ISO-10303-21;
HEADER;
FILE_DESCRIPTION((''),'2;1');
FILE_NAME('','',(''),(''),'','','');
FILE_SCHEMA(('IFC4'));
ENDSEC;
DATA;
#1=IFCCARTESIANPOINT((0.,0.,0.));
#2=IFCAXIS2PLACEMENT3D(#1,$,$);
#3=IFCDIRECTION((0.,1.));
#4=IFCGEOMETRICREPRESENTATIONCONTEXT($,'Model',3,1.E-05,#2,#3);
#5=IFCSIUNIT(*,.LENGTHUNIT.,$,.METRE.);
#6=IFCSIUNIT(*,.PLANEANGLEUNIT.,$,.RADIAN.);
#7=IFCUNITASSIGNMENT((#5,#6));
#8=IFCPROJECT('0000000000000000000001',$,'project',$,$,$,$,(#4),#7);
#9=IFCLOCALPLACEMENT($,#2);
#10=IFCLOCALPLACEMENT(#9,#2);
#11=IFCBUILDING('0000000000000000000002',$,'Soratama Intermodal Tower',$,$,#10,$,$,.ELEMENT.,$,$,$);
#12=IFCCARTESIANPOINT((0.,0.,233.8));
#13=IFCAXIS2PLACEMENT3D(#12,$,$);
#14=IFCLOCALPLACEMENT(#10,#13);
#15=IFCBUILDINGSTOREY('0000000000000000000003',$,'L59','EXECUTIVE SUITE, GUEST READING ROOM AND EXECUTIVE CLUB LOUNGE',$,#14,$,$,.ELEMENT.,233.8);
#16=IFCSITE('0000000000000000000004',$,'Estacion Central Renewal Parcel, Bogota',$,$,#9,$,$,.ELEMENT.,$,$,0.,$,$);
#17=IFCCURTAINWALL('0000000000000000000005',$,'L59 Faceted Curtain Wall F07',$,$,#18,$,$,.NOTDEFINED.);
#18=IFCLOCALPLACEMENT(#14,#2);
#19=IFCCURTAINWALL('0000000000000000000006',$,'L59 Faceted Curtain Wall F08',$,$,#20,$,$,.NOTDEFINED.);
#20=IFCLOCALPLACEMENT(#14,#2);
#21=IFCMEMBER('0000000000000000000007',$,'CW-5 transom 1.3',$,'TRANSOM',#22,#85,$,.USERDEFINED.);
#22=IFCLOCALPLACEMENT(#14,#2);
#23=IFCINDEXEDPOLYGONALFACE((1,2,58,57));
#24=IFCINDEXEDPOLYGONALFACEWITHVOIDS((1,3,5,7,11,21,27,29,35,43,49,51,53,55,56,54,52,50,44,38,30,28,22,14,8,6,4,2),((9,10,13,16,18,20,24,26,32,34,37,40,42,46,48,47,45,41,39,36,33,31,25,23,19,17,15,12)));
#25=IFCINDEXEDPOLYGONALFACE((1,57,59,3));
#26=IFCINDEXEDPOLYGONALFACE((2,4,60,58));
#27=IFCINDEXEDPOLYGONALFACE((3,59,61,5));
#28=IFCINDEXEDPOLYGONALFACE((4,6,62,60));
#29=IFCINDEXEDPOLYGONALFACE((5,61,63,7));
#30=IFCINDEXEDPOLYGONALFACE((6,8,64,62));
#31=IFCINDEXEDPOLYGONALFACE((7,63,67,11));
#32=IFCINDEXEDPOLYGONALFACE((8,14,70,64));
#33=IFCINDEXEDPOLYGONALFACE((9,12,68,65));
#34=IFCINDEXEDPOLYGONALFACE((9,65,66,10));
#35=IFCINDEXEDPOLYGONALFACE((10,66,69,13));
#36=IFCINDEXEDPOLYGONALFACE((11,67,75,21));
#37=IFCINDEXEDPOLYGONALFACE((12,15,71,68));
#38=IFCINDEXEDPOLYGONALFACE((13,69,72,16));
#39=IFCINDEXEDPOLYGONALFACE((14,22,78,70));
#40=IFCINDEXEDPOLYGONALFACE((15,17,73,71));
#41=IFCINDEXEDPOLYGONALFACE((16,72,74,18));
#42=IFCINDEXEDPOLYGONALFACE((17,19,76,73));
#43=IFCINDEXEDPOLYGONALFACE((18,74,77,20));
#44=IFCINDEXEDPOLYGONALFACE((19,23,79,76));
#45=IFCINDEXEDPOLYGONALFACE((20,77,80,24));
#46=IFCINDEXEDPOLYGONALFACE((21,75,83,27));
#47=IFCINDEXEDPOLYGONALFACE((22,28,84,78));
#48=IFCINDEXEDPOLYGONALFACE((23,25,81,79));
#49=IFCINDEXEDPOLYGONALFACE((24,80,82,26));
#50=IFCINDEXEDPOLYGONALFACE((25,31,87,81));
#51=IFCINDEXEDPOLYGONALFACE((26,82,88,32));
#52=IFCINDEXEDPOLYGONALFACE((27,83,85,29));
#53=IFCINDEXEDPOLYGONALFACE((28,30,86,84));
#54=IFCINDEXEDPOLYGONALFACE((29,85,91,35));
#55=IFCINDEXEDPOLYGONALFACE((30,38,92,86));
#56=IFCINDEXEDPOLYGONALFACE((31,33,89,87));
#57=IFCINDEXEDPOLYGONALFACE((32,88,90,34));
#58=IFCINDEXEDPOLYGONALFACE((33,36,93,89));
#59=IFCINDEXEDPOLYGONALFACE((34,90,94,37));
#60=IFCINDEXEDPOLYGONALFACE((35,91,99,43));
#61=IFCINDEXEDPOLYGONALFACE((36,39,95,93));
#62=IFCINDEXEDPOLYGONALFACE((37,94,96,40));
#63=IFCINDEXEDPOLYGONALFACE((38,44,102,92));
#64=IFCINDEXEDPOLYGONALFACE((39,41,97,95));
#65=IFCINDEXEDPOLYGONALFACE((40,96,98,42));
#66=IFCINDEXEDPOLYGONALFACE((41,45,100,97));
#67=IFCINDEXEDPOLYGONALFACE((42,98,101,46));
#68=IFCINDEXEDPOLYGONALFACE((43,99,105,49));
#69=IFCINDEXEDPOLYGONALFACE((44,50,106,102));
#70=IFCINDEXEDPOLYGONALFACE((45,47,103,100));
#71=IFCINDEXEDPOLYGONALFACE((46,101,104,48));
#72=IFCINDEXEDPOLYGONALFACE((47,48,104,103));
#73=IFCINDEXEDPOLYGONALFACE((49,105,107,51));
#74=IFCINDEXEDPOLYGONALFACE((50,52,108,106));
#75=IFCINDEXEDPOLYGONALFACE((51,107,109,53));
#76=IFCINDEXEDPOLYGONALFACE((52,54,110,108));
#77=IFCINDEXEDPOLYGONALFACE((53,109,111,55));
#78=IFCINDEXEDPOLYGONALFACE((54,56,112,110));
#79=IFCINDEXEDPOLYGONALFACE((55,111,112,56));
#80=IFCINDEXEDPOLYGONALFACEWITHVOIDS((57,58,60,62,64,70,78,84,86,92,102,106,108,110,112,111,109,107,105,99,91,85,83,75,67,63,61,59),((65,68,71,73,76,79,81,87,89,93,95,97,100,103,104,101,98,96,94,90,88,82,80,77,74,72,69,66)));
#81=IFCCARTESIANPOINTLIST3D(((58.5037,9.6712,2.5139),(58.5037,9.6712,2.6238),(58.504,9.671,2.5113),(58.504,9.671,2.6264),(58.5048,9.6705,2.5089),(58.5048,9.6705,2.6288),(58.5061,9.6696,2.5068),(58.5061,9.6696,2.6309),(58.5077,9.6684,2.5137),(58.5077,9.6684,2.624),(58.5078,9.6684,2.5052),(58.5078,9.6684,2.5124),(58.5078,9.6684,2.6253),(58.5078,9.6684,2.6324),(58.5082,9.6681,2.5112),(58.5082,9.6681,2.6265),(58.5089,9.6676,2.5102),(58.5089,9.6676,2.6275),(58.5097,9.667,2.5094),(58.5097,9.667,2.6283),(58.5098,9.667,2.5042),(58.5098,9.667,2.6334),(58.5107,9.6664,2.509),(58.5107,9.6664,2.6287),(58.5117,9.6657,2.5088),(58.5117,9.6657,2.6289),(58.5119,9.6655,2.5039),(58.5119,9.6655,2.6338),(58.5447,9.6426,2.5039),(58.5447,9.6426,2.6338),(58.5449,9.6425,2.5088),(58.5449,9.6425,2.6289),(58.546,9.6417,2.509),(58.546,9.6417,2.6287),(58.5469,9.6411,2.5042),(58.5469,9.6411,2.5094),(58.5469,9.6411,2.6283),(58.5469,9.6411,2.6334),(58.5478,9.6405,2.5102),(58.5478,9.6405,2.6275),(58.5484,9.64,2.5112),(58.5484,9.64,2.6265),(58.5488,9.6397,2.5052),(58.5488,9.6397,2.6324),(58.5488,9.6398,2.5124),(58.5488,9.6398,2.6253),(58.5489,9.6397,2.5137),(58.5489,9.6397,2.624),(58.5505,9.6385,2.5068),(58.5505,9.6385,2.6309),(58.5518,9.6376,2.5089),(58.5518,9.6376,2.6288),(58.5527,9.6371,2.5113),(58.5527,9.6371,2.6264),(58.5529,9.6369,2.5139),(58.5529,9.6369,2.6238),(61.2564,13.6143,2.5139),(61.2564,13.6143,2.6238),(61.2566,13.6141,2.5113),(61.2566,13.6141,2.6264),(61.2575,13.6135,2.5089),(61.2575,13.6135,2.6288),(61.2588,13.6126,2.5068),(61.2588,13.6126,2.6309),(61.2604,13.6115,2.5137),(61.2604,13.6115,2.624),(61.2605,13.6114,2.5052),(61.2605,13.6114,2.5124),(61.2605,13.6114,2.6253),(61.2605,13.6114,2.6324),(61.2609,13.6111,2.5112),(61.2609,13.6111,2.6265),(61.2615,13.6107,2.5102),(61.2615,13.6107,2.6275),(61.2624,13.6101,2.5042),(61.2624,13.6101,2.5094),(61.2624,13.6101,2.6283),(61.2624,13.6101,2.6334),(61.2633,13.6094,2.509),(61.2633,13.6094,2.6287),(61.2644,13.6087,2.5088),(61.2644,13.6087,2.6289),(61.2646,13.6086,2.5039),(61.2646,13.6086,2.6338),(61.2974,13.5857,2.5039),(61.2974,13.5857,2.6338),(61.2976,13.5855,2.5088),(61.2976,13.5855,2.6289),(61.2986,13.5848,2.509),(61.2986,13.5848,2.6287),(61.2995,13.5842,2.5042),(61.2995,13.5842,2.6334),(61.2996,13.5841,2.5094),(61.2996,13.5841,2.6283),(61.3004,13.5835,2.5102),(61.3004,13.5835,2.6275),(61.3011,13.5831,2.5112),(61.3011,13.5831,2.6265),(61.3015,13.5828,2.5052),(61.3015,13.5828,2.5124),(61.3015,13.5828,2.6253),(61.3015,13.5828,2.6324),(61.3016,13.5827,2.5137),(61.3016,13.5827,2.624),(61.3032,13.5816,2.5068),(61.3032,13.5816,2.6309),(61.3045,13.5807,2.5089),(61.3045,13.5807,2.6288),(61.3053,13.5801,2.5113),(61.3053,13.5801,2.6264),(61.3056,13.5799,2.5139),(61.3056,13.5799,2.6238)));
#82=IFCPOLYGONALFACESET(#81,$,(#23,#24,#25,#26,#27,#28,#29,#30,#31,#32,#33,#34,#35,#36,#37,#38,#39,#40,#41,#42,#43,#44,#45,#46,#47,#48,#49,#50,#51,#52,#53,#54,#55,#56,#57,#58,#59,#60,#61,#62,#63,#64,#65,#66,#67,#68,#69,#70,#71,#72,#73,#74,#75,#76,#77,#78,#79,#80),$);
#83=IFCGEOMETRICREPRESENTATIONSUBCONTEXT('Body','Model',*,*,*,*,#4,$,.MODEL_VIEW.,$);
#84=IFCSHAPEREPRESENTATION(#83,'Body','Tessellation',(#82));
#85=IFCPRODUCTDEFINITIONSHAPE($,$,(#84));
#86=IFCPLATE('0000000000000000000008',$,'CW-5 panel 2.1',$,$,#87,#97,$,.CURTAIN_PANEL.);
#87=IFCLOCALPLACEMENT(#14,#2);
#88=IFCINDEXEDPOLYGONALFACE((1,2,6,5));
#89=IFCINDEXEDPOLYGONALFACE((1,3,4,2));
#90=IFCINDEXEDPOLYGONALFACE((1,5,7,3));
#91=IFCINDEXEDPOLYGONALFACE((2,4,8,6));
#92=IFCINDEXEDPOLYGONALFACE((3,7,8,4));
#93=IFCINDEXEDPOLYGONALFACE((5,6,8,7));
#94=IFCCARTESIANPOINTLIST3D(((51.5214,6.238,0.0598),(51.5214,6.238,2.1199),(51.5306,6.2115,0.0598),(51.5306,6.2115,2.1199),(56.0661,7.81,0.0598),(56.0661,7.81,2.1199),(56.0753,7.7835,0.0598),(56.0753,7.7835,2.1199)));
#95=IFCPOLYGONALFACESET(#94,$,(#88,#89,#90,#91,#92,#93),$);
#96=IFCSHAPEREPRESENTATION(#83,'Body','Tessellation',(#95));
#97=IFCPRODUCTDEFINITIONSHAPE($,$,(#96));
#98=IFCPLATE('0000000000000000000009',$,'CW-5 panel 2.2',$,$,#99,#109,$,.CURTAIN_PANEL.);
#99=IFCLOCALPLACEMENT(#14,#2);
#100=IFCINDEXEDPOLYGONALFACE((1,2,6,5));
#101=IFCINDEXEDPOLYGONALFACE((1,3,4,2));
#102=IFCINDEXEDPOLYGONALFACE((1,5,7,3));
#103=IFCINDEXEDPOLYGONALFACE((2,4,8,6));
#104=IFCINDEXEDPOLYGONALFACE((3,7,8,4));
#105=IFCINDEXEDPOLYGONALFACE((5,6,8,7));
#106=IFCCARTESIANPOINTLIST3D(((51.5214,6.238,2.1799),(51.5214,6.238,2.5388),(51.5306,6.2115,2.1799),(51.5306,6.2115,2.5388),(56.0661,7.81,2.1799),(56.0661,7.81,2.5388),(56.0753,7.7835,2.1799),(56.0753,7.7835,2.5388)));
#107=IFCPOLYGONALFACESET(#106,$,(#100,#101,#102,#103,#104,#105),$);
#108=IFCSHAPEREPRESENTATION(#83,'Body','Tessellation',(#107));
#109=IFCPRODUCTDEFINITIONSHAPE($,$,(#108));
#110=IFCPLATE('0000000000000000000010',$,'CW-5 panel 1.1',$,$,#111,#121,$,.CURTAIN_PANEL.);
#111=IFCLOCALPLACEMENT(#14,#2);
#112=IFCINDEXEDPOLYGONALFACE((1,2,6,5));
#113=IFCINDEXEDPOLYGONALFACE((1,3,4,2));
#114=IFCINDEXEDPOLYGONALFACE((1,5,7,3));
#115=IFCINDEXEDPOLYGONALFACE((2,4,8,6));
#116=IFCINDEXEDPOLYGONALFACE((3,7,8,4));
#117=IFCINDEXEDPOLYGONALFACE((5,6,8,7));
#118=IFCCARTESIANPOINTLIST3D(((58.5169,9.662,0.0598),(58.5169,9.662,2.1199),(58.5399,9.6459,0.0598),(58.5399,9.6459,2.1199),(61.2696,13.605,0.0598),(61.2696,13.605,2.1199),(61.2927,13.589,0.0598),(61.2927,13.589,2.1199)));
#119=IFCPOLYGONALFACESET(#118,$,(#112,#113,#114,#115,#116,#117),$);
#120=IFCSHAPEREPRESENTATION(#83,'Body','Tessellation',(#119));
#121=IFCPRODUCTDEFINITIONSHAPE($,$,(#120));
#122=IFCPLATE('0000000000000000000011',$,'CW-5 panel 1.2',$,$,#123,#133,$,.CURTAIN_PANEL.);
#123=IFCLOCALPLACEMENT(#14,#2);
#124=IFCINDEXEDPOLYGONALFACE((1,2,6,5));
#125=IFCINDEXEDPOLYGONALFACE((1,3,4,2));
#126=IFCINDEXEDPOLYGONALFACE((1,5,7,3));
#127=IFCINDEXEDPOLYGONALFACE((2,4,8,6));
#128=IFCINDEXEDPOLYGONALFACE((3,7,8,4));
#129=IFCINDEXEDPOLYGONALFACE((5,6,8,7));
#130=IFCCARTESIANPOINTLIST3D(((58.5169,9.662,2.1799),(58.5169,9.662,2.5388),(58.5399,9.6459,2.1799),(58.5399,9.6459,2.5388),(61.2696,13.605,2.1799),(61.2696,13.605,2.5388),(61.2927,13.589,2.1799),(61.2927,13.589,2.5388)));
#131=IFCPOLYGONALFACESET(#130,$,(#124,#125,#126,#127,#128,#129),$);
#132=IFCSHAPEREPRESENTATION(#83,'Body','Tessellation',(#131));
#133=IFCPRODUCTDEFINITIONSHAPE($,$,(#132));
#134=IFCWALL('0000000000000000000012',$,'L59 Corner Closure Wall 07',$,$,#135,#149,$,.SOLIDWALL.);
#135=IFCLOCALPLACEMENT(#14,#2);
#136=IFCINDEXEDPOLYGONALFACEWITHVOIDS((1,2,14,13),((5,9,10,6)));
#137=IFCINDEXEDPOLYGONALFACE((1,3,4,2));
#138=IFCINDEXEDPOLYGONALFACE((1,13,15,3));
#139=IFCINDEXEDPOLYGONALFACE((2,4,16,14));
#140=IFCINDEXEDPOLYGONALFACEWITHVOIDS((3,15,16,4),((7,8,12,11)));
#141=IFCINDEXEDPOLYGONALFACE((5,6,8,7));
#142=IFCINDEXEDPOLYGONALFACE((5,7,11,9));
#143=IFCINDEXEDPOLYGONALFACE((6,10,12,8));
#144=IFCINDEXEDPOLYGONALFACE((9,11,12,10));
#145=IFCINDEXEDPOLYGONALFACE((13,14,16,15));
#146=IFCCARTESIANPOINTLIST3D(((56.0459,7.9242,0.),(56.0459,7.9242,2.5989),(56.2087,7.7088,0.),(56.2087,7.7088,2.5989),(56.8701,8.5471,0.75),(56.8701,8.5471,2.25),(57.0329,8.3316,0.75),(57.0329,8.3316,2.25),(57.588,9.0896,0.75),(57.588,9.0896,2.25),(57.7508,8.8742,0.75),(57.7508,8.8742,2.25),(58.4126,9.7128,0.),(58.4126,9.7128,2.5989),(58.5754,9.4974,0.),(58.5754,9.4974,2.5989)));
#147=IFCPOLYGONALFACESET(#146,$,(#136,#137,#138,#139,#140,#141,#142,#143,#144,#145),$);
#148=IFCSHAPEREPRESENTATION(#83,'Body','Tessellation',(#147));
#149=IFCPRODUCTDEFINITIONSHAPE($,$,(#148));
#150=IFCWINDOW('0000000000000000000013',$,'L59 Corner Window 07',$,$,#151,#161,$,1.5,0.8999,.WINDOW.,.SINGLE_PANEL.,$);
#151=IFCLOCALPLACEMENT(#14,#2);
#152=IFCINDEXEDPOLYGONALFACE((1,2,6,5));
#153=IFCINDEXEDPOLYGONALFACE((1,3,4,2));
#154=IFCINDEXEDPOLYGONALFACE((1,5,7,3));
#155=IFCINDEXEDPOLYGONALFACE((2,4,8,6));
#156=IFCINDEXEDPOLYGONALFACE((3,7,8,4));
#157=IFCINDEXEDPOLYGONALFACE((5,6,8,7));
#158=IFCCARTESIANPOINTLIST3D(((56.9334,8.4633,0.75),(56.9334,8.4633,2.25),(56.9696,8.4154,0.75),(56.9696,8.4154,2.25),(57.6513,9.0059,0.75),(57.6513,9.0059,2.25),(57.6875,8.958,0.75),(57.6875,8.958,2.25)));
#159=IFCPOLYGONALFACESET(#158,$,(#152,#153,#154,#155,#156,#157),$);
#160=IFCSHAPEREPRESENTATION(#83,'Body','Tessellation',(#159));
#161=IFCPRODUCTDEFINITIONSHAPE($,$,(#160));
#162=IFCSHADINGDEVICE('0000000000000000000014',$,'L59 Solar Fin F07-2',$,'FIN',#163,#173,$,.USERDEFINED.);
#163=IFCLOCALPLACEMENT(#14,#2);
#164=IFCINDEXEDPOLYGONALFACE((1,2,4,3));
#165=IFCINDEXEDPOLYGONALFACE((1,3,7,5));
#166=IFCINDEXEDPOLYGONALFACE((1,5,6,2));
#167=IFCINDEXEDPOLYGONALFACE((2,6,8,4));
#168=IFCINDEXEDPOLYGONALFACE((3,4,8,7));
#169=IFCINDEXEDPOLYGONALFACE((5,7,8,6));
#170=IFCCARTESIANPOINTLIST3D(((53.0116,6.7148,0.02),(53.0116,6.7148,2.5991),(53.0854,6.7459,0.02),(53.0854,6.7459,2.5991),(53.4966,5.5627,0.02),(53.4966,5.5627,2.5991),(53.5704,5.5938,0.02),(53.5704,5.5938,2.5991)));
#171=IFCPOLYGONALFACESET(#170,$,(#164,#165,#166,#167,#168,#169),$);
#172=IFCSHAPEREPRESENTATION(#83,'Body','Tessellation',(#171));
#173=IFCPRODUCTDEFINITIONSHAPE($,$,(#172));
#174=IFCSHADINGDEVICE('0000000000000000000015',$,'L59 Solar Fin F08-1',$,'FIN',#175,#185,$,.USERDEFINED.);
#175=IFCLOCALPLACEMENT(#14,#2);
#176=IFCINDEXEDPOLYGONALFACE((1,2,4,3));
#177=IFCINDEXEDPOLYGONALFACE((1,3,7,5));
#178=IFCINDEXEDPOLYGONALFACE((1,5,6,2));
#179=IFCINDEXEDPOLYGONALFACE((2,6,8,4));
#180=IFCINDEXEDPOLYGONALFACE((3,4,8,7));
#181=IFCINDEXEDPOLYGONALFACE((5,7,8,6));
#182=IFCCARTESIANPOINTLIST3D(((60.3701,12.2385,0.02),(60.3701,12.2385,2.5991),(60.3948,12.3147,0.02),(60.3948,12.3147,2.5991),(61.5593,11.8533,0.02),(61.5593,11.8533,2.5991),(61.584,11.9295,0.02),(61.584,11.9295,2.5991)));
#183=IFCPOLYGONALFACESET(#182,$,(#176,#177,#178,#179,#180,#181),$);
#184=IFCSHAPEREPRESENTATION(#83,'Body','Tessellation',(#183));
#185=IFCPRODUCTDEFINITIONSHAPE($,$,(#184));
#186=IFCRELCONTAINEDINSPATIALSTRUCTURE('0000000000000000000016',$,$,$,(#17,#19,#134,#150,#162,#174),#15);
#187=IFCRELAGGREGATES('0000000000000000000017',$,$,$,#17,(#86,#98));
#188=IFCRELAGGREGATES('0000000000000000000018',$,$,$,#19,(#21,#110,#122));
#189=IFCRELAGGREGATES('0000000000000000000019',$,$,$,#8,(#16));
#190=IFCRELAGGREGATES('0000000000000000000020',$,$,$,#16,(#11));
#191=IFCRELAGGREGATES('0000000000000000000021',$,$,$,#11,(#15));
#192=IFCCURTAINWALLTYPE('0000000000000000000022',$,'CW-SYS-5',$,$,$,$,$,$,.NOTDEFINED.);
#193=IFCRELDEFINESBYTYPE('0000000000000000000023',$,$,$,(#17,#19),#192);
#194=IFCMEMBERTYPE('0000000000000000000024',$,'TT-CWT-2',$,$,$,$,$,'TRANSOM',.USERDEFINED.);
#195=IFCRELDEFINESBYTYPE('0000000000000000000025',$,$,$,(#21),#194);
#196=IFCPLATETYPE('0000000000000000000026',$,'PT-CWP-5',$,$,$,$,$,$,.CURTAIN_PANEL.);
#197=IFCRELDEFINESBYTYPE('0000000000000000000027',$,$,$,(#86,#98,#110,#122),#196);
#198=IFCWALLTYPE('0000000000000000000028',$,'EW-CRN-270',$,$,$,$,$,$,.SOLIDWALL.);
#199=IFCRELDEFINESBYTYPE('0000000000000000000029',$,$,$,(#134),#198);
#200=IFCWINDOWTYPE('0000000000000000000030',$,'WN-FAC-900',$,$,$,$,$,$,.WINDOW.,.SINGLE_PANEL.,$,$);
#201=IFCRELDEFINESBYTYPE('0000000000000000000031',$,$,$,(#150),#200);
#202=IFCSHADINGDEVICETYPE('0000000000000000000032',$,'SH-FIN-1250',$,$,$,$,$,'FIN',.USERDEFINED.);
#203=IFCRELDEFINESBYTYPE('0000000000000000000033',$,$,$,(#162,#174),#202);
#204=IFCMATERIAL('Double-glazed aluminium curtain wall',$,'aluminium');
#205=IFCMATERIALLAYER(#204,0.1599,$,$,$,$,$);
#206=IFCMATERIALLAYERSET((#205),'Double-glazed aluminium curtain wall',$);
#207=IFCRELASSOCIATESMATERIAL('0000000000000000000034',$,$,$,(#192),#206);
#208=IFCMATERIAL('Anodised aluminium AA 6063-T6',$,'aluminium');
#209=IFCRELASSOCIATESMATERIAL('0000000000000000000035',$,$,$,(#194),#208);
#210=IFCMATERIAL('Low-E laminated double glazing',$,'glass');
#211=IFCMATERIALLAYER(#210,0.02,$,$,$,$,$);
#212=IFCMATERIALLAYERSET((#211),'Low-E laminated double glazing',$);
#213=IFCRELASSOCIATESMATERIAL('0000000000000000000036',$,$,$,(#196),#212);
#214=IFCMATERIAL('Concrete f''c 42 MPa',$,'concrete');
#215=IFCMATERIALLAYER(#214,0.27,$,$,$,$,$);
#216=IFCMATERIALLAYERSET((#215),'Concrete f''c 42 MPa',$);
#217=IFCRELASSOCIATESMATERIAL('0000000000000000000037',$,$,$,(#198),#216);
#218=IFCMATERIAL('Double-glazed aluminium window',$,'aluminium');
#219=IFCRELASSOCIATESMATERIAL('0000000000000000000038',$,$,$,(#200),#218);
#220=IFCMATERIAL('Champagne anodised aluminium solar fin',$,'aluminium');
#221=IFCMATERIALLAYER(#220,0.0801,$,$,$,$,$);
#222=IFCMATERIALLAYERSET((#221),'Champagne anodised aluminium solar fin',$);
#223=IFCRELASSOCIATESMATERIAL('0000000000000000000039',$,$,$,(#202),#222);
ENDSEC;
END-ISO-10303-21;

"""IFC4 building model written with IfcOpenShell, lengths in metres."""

from ifc_helpers import new_model, si_unit, direction, frame, frame_2d, origin, origin_2d, place, context, subcontext, project, spatial, rectangle, hollow_rectangle, extrude, material, layer, layer_set, material_profile, profile_set, type_object, element, fill, aggregate, save


model = new_model("IFC4")

# Units and contexts
model_context = context("Model", 3, precision=1e-05, world=origin(), true_north=direction((0.0, 1.0)))
body_context = subcontext(model_context, "Body", "Model", "MODEL_VIEW")
ifc_project = project(units=[si_unit("LENGTHUNIT", "METRE"), si_unit("PLANEANGLEUNIT", "RADIAN")], contexts=[model_context])

# Site, building, storey
site_placement = place(None, origin())
site = spatial("IfcSite", under=ifc_project, at=site_placement, Name="Estacion Central Renewal Parcel, Bogota", CompositionType="ELEMENT", RefElevation=0.0)
building_placement = place(site_placement, origin())
building = spatial("IfcBuilding", under=site, at=building_placement, Name="Soratama Intermodal Tower", CompositionType="ELEMENT")
storey_placement = place(building_placement, frame((0.0, 0.0, 233.8)))
storey = spatial("IfcBuildingStorey", under=building, at=storey_placement, Name="L59", Description="EXECUTIVE SUITE, GUEST READING ROOM AND EXECUTIVE CLUB LOUNGE", CompositionType="ELEMENT", Elevation=233.8)

# Curtain wall
ifc_material_1 = material(Name="Double-glazed aluminium curtain wall", Category="aluminium")
ifc_layer_1 = layer(ifc_material_1, 0.1599)
ifc_layer_set_1 = layer_set([ifc_layer_1], Name="Double-glazed aluminium curtain wall")
curtain_wall_type = type_object("IfcCurtainWallType", Name="CW-SYS-5", PredefinedType="NOTDEFINED", material=ifc_layer_set_1)
curtain_wall_1_placement = place(storey_placement, origin())
curtain_wall_1 = element("IfcCurtainWall", 1, at=curtain_wall_1_placement, inside=storey, type_object=curtain_wall_type, Name="L59 Faceted Curtain Wall F07", PredefinedType="NOTDEFINED")

# Curtain wall
curtain_wall_2_placement = place(storey_placement, origin())
curtain_wall_2 = element("IfcCurtainWall", 2, at=curtain_wall_2_placement, inside=storey, type_object=curtain_wall_type, Name="L59 Faceted Curtain Wall F08", PredefinedType="NOTDEFINED")

# Member
ifc_material_2 = material(Name="Anodised aluminium AA 6063-T6", Category="aluminium")
ifc_material_profile_1 = material_profile(ifc_material_2, hollow_rectangle(XDim=0.0601, YDim=0.1299, WallThickness=0.0049, InnerFilletRadius=0.0049, OuterFilletRadius=0.01, at=origin_2d()), Name="CWT130X60X5")
ifc_profile_set_1 = profile_set([ifc_material_profile_1], Name="Anodised aluminium AA 6063-T6")
member_type_1 = type_object("IfcMemberType", Name="TT-CWT-2", ElementType="TRANSOM", PredefinedType="USERDEFINED", material=ifc_profile_set_1)
member_1_placement = place(storey_placement, frame((58.5283, 9.6541, 2.5688), z_axis=(0.572416, 0.819963, 0.0), x_axis=(-0.819963, 0.572416, 0.0)))
member_1 = element("IfcMember", 3, at=member_1_placement, type_object=member_type_1, Name="CW-5 transom 1.3", ObjectType="TRANSOM", PredefinedType="USERDEFINED", context=body_context, shape_type="SweptSolid", body=[
    extrude(hollow_rectangle(XDim=0.0601, YDim=0.1299, WallThickness=0.0049, InnerFilletRadius=0.0049, OuterFilletRadius=0.01, at=origin_2d()), origin(), (0.0, 0.0, 1.0), 4.8088),
])

# Plates
ifc_material_3 = material(Name="Low-E laminated double glazing", Category="glass")
ifc_layer_2 = layer(ifc_material_3, 0.02)
ifc_layer_set_2 = layer_set([ifc_layer_2], Name="Low-E laminated double glazing")
plate_type = type_object("IfcPlateType", Name="PT-CWP-5", PredefinedType="CURTAIN_PANEL", material=ifc_layer_set_2)
plate_1_placement = place(storey_placement, frame((53.7983, 7.0107, 0.0598), z_axis=(0.0, 0.0, 1.0), x_axis=(0.945061, 0.326894, 0.0)))
plate_1 = element("IfcPlate", 4, at=plate_1_placement, type_object=plate_type, Name="CW-5 panel 2.1", PredefinedType="CURTAIN_PANEL", context=body_context, shape_type="SweptSolid", body=[
    extrude(rectangle(XDim=4.8088, YDim=0.0281, at=origin_2d()), origin(), (0.0, 0.0, 1.0), 2.0601),
])
plate_2_placement = place(storey_placement, frame((53.7983, 7.0107, 2.1799), z_axis=(0.0, 0.0, 1.0), x_axis=(0.945061, 0.326894, 0.0)))
plate_2 = element("IfcPlate", 5, at=plate_2_placement, type_object=plate_type, Name="CW-5 panel 2.2", PredefinedType="CURTAIN_PANEL", context=body_context, shape_type="SweptSolid", body=[
    extrude(rectangle(XDim=4.8088, YDim=0.0281, at=origin_2d()), origin(), (0.0, 0.0, 1.0), 0.3589),
])
aggregate(curtain_wall_1, [plate_1, plate_2])
plate_3_placement = place(storey_placement, frame((59.9048, 11.6255, 0.0598), z_axis=(0.0, 0.0, 1.0), x_axis=(0.572433, 0.819951, 0.0)))
plate_3 = element("IfcPlate", 6, at=plate_3_placement, type_object=plate_type, Name="CW-5 panel 1.1", PredefinedType="CURTAIN_PANEL", context=body_context, shape_type="SweptSolid", body=[
    extrude(rectangle(XDim=4.8088, YDim=0.0281, at=origin_2d()), origin(), (0.0, 0.0, 1.0), 2.0601),
])
plate_4_placement = place(storey_placement, frame((59.9048, 11.6255, 2.1799), z_axis=(0.0, 0.0, 1.0), x_axis=(0.572433, 0.819951, 0.0)))
plate_4 = element("IfcPlate", 7, at=plate_4_placement, type_object=plate_type, Name="CW-5 panel 1.2", PredefinedType="CURTAIN_PANEL", context=body_context, shape_type="SweptSolid", body=[
    extrude(rectangle(XDim=4.8088, YDim=0.0281, at=origin_2d()), origin(), (0.0, 0.0, 1.0), 0.3589),
])
aggregate(curtain_wall_2, [member_1, plate_3, plate_4])

# Wall, opening, window
ifc_material_4 = material(Name="Concrete f'c 42 MPa", Category="concrete")
ifc_layer_3 = layer(ifc_material_4, 0.27)
ifc_layer_set_3 = layer_set([ifc_layer_3], Name="Concrete f'c 42 MPa")
wall_type = type_object("IfcWallType", Name="EW-CRN-270", PredefinedType="SOLIDWALL", material=ifc_layer_set_3)
wall_placement = place(storey_placement, frame((56.1272, 7.8164, 0.0), z_axis=(0.0, 0.0, 1.0), x_axis=(0.797802, 0.602919, 0.0)))
wall = element("IfcWall", 8, at=wall_placement, inside=storey, type_object=wall_type, Name="L59 Corner Closure Wall 07", PredefinedType="SOLIDWALL", context=body_context, shape_type="SweptSolid", body=[
    extrude(rectangle(XDim=2.9666, YDim=0.27, at=frame_2d((1.4834, 0.0))), origin(), (0.0, 0.0, 1.0), 2.5989),
])
opening_placement = place(wall_placement, frame((1.0332, 0.0, 0.75)))
opening = element("IfcOpeningElement", 9, at=opening_placement, cuts=wall, PredefinedType="OPENING", context=body_context, shape_type="SweptSolid", body=[
    extrude(rectangle(XDim=0.8999, YDim=1.5, at=frame_2d((0.45, 0.75))), frame((0.0, 0.145, 0.0), z_axis=(0.0, -1.0, 0.0), x_axis=(1.0, 0.0, 0.0)), (0.0, 0.0, 1.0), 0.29),
])
ifc_material_5 = material(Name="Double-glazed aluminium window", Category="aluminium")
window_type = type_object("IfcWindowType", Name="WN-FAC-900", PartitioningType="SINGLE_PANEL", PredefinedType="WINDOW", material=ifc_material_5)
window_placement = place(opening_placement, origin())
window = element("IfcWindow", 10, at=window_placement, inside=storey, type_object=window_type, Name="L59 Corner Window 07", OverallHeight=1.5, OverallWidth=0.8999, PartitioningType="SINGLE_PANEL", PredefinedType="WINDOW", context=body_context, shape_type="SweptSolid", body=[
    extrude(rectangle(XDim=0.8999, YDim=1.5, at=frame_2d((0.45, 0.75))), frame((0.0, 0.03, 0.0), z_axis=(0.0, -1.0, 0.0), x_axis=(1.0, 0.0, 0.0)), (0.0, 0.0, 1.0), 0.0601),
])
fill(opening, window)

# Shading devices
ifc_material_6 = material(Name="Champagne anodised aluminium solar fin", Category="aluminium")
ifc_layer_4 = layer(ifc_material_6, 0.0801)
ifc_layer_set_4 = layer_set([ifc_layer_4], Name="Champagne anodised aluminium solar fin")
shading_device_type = type_object("IfcShadingDeviceType", Name="SH-FIN-1250", ElementType="FIN", PredefinedType="USERDEFINED", material=ifc_layer_set_4)
for number, where, z_axis, x_axis, name in (
    (11, (53.291, 6.1543, 0.02), (0.0, 0.0, 1.0), (0.387998, -0.92166, 0.0), "L59 Solar Fin F07-2"),
    (12, (60.9771, 12.084, 0.02), (0.0, 0.0, 1.0), (0.951326, -0.308187, 0.0), "L59 Solar Fin F08-1"),
):
    element("IfcShadingDevice", number, at=place(storey_placement, frame(where, z_axis=z_axis, x_axis=x_axis)), inside=storey, type_object=shading_device_type, Name=name, ObjectType="FIN", PredefinedType="USERDEFINED", context=body_context, shape_type="SweptSolid", body=[
        extrude(rectangle(XDim=1.25, YDim=0.0801, at=origin_2d()), origin(), (0.0, 0.0, 1.0), 2.5791),
    ])

save(model, "model.ifc")
